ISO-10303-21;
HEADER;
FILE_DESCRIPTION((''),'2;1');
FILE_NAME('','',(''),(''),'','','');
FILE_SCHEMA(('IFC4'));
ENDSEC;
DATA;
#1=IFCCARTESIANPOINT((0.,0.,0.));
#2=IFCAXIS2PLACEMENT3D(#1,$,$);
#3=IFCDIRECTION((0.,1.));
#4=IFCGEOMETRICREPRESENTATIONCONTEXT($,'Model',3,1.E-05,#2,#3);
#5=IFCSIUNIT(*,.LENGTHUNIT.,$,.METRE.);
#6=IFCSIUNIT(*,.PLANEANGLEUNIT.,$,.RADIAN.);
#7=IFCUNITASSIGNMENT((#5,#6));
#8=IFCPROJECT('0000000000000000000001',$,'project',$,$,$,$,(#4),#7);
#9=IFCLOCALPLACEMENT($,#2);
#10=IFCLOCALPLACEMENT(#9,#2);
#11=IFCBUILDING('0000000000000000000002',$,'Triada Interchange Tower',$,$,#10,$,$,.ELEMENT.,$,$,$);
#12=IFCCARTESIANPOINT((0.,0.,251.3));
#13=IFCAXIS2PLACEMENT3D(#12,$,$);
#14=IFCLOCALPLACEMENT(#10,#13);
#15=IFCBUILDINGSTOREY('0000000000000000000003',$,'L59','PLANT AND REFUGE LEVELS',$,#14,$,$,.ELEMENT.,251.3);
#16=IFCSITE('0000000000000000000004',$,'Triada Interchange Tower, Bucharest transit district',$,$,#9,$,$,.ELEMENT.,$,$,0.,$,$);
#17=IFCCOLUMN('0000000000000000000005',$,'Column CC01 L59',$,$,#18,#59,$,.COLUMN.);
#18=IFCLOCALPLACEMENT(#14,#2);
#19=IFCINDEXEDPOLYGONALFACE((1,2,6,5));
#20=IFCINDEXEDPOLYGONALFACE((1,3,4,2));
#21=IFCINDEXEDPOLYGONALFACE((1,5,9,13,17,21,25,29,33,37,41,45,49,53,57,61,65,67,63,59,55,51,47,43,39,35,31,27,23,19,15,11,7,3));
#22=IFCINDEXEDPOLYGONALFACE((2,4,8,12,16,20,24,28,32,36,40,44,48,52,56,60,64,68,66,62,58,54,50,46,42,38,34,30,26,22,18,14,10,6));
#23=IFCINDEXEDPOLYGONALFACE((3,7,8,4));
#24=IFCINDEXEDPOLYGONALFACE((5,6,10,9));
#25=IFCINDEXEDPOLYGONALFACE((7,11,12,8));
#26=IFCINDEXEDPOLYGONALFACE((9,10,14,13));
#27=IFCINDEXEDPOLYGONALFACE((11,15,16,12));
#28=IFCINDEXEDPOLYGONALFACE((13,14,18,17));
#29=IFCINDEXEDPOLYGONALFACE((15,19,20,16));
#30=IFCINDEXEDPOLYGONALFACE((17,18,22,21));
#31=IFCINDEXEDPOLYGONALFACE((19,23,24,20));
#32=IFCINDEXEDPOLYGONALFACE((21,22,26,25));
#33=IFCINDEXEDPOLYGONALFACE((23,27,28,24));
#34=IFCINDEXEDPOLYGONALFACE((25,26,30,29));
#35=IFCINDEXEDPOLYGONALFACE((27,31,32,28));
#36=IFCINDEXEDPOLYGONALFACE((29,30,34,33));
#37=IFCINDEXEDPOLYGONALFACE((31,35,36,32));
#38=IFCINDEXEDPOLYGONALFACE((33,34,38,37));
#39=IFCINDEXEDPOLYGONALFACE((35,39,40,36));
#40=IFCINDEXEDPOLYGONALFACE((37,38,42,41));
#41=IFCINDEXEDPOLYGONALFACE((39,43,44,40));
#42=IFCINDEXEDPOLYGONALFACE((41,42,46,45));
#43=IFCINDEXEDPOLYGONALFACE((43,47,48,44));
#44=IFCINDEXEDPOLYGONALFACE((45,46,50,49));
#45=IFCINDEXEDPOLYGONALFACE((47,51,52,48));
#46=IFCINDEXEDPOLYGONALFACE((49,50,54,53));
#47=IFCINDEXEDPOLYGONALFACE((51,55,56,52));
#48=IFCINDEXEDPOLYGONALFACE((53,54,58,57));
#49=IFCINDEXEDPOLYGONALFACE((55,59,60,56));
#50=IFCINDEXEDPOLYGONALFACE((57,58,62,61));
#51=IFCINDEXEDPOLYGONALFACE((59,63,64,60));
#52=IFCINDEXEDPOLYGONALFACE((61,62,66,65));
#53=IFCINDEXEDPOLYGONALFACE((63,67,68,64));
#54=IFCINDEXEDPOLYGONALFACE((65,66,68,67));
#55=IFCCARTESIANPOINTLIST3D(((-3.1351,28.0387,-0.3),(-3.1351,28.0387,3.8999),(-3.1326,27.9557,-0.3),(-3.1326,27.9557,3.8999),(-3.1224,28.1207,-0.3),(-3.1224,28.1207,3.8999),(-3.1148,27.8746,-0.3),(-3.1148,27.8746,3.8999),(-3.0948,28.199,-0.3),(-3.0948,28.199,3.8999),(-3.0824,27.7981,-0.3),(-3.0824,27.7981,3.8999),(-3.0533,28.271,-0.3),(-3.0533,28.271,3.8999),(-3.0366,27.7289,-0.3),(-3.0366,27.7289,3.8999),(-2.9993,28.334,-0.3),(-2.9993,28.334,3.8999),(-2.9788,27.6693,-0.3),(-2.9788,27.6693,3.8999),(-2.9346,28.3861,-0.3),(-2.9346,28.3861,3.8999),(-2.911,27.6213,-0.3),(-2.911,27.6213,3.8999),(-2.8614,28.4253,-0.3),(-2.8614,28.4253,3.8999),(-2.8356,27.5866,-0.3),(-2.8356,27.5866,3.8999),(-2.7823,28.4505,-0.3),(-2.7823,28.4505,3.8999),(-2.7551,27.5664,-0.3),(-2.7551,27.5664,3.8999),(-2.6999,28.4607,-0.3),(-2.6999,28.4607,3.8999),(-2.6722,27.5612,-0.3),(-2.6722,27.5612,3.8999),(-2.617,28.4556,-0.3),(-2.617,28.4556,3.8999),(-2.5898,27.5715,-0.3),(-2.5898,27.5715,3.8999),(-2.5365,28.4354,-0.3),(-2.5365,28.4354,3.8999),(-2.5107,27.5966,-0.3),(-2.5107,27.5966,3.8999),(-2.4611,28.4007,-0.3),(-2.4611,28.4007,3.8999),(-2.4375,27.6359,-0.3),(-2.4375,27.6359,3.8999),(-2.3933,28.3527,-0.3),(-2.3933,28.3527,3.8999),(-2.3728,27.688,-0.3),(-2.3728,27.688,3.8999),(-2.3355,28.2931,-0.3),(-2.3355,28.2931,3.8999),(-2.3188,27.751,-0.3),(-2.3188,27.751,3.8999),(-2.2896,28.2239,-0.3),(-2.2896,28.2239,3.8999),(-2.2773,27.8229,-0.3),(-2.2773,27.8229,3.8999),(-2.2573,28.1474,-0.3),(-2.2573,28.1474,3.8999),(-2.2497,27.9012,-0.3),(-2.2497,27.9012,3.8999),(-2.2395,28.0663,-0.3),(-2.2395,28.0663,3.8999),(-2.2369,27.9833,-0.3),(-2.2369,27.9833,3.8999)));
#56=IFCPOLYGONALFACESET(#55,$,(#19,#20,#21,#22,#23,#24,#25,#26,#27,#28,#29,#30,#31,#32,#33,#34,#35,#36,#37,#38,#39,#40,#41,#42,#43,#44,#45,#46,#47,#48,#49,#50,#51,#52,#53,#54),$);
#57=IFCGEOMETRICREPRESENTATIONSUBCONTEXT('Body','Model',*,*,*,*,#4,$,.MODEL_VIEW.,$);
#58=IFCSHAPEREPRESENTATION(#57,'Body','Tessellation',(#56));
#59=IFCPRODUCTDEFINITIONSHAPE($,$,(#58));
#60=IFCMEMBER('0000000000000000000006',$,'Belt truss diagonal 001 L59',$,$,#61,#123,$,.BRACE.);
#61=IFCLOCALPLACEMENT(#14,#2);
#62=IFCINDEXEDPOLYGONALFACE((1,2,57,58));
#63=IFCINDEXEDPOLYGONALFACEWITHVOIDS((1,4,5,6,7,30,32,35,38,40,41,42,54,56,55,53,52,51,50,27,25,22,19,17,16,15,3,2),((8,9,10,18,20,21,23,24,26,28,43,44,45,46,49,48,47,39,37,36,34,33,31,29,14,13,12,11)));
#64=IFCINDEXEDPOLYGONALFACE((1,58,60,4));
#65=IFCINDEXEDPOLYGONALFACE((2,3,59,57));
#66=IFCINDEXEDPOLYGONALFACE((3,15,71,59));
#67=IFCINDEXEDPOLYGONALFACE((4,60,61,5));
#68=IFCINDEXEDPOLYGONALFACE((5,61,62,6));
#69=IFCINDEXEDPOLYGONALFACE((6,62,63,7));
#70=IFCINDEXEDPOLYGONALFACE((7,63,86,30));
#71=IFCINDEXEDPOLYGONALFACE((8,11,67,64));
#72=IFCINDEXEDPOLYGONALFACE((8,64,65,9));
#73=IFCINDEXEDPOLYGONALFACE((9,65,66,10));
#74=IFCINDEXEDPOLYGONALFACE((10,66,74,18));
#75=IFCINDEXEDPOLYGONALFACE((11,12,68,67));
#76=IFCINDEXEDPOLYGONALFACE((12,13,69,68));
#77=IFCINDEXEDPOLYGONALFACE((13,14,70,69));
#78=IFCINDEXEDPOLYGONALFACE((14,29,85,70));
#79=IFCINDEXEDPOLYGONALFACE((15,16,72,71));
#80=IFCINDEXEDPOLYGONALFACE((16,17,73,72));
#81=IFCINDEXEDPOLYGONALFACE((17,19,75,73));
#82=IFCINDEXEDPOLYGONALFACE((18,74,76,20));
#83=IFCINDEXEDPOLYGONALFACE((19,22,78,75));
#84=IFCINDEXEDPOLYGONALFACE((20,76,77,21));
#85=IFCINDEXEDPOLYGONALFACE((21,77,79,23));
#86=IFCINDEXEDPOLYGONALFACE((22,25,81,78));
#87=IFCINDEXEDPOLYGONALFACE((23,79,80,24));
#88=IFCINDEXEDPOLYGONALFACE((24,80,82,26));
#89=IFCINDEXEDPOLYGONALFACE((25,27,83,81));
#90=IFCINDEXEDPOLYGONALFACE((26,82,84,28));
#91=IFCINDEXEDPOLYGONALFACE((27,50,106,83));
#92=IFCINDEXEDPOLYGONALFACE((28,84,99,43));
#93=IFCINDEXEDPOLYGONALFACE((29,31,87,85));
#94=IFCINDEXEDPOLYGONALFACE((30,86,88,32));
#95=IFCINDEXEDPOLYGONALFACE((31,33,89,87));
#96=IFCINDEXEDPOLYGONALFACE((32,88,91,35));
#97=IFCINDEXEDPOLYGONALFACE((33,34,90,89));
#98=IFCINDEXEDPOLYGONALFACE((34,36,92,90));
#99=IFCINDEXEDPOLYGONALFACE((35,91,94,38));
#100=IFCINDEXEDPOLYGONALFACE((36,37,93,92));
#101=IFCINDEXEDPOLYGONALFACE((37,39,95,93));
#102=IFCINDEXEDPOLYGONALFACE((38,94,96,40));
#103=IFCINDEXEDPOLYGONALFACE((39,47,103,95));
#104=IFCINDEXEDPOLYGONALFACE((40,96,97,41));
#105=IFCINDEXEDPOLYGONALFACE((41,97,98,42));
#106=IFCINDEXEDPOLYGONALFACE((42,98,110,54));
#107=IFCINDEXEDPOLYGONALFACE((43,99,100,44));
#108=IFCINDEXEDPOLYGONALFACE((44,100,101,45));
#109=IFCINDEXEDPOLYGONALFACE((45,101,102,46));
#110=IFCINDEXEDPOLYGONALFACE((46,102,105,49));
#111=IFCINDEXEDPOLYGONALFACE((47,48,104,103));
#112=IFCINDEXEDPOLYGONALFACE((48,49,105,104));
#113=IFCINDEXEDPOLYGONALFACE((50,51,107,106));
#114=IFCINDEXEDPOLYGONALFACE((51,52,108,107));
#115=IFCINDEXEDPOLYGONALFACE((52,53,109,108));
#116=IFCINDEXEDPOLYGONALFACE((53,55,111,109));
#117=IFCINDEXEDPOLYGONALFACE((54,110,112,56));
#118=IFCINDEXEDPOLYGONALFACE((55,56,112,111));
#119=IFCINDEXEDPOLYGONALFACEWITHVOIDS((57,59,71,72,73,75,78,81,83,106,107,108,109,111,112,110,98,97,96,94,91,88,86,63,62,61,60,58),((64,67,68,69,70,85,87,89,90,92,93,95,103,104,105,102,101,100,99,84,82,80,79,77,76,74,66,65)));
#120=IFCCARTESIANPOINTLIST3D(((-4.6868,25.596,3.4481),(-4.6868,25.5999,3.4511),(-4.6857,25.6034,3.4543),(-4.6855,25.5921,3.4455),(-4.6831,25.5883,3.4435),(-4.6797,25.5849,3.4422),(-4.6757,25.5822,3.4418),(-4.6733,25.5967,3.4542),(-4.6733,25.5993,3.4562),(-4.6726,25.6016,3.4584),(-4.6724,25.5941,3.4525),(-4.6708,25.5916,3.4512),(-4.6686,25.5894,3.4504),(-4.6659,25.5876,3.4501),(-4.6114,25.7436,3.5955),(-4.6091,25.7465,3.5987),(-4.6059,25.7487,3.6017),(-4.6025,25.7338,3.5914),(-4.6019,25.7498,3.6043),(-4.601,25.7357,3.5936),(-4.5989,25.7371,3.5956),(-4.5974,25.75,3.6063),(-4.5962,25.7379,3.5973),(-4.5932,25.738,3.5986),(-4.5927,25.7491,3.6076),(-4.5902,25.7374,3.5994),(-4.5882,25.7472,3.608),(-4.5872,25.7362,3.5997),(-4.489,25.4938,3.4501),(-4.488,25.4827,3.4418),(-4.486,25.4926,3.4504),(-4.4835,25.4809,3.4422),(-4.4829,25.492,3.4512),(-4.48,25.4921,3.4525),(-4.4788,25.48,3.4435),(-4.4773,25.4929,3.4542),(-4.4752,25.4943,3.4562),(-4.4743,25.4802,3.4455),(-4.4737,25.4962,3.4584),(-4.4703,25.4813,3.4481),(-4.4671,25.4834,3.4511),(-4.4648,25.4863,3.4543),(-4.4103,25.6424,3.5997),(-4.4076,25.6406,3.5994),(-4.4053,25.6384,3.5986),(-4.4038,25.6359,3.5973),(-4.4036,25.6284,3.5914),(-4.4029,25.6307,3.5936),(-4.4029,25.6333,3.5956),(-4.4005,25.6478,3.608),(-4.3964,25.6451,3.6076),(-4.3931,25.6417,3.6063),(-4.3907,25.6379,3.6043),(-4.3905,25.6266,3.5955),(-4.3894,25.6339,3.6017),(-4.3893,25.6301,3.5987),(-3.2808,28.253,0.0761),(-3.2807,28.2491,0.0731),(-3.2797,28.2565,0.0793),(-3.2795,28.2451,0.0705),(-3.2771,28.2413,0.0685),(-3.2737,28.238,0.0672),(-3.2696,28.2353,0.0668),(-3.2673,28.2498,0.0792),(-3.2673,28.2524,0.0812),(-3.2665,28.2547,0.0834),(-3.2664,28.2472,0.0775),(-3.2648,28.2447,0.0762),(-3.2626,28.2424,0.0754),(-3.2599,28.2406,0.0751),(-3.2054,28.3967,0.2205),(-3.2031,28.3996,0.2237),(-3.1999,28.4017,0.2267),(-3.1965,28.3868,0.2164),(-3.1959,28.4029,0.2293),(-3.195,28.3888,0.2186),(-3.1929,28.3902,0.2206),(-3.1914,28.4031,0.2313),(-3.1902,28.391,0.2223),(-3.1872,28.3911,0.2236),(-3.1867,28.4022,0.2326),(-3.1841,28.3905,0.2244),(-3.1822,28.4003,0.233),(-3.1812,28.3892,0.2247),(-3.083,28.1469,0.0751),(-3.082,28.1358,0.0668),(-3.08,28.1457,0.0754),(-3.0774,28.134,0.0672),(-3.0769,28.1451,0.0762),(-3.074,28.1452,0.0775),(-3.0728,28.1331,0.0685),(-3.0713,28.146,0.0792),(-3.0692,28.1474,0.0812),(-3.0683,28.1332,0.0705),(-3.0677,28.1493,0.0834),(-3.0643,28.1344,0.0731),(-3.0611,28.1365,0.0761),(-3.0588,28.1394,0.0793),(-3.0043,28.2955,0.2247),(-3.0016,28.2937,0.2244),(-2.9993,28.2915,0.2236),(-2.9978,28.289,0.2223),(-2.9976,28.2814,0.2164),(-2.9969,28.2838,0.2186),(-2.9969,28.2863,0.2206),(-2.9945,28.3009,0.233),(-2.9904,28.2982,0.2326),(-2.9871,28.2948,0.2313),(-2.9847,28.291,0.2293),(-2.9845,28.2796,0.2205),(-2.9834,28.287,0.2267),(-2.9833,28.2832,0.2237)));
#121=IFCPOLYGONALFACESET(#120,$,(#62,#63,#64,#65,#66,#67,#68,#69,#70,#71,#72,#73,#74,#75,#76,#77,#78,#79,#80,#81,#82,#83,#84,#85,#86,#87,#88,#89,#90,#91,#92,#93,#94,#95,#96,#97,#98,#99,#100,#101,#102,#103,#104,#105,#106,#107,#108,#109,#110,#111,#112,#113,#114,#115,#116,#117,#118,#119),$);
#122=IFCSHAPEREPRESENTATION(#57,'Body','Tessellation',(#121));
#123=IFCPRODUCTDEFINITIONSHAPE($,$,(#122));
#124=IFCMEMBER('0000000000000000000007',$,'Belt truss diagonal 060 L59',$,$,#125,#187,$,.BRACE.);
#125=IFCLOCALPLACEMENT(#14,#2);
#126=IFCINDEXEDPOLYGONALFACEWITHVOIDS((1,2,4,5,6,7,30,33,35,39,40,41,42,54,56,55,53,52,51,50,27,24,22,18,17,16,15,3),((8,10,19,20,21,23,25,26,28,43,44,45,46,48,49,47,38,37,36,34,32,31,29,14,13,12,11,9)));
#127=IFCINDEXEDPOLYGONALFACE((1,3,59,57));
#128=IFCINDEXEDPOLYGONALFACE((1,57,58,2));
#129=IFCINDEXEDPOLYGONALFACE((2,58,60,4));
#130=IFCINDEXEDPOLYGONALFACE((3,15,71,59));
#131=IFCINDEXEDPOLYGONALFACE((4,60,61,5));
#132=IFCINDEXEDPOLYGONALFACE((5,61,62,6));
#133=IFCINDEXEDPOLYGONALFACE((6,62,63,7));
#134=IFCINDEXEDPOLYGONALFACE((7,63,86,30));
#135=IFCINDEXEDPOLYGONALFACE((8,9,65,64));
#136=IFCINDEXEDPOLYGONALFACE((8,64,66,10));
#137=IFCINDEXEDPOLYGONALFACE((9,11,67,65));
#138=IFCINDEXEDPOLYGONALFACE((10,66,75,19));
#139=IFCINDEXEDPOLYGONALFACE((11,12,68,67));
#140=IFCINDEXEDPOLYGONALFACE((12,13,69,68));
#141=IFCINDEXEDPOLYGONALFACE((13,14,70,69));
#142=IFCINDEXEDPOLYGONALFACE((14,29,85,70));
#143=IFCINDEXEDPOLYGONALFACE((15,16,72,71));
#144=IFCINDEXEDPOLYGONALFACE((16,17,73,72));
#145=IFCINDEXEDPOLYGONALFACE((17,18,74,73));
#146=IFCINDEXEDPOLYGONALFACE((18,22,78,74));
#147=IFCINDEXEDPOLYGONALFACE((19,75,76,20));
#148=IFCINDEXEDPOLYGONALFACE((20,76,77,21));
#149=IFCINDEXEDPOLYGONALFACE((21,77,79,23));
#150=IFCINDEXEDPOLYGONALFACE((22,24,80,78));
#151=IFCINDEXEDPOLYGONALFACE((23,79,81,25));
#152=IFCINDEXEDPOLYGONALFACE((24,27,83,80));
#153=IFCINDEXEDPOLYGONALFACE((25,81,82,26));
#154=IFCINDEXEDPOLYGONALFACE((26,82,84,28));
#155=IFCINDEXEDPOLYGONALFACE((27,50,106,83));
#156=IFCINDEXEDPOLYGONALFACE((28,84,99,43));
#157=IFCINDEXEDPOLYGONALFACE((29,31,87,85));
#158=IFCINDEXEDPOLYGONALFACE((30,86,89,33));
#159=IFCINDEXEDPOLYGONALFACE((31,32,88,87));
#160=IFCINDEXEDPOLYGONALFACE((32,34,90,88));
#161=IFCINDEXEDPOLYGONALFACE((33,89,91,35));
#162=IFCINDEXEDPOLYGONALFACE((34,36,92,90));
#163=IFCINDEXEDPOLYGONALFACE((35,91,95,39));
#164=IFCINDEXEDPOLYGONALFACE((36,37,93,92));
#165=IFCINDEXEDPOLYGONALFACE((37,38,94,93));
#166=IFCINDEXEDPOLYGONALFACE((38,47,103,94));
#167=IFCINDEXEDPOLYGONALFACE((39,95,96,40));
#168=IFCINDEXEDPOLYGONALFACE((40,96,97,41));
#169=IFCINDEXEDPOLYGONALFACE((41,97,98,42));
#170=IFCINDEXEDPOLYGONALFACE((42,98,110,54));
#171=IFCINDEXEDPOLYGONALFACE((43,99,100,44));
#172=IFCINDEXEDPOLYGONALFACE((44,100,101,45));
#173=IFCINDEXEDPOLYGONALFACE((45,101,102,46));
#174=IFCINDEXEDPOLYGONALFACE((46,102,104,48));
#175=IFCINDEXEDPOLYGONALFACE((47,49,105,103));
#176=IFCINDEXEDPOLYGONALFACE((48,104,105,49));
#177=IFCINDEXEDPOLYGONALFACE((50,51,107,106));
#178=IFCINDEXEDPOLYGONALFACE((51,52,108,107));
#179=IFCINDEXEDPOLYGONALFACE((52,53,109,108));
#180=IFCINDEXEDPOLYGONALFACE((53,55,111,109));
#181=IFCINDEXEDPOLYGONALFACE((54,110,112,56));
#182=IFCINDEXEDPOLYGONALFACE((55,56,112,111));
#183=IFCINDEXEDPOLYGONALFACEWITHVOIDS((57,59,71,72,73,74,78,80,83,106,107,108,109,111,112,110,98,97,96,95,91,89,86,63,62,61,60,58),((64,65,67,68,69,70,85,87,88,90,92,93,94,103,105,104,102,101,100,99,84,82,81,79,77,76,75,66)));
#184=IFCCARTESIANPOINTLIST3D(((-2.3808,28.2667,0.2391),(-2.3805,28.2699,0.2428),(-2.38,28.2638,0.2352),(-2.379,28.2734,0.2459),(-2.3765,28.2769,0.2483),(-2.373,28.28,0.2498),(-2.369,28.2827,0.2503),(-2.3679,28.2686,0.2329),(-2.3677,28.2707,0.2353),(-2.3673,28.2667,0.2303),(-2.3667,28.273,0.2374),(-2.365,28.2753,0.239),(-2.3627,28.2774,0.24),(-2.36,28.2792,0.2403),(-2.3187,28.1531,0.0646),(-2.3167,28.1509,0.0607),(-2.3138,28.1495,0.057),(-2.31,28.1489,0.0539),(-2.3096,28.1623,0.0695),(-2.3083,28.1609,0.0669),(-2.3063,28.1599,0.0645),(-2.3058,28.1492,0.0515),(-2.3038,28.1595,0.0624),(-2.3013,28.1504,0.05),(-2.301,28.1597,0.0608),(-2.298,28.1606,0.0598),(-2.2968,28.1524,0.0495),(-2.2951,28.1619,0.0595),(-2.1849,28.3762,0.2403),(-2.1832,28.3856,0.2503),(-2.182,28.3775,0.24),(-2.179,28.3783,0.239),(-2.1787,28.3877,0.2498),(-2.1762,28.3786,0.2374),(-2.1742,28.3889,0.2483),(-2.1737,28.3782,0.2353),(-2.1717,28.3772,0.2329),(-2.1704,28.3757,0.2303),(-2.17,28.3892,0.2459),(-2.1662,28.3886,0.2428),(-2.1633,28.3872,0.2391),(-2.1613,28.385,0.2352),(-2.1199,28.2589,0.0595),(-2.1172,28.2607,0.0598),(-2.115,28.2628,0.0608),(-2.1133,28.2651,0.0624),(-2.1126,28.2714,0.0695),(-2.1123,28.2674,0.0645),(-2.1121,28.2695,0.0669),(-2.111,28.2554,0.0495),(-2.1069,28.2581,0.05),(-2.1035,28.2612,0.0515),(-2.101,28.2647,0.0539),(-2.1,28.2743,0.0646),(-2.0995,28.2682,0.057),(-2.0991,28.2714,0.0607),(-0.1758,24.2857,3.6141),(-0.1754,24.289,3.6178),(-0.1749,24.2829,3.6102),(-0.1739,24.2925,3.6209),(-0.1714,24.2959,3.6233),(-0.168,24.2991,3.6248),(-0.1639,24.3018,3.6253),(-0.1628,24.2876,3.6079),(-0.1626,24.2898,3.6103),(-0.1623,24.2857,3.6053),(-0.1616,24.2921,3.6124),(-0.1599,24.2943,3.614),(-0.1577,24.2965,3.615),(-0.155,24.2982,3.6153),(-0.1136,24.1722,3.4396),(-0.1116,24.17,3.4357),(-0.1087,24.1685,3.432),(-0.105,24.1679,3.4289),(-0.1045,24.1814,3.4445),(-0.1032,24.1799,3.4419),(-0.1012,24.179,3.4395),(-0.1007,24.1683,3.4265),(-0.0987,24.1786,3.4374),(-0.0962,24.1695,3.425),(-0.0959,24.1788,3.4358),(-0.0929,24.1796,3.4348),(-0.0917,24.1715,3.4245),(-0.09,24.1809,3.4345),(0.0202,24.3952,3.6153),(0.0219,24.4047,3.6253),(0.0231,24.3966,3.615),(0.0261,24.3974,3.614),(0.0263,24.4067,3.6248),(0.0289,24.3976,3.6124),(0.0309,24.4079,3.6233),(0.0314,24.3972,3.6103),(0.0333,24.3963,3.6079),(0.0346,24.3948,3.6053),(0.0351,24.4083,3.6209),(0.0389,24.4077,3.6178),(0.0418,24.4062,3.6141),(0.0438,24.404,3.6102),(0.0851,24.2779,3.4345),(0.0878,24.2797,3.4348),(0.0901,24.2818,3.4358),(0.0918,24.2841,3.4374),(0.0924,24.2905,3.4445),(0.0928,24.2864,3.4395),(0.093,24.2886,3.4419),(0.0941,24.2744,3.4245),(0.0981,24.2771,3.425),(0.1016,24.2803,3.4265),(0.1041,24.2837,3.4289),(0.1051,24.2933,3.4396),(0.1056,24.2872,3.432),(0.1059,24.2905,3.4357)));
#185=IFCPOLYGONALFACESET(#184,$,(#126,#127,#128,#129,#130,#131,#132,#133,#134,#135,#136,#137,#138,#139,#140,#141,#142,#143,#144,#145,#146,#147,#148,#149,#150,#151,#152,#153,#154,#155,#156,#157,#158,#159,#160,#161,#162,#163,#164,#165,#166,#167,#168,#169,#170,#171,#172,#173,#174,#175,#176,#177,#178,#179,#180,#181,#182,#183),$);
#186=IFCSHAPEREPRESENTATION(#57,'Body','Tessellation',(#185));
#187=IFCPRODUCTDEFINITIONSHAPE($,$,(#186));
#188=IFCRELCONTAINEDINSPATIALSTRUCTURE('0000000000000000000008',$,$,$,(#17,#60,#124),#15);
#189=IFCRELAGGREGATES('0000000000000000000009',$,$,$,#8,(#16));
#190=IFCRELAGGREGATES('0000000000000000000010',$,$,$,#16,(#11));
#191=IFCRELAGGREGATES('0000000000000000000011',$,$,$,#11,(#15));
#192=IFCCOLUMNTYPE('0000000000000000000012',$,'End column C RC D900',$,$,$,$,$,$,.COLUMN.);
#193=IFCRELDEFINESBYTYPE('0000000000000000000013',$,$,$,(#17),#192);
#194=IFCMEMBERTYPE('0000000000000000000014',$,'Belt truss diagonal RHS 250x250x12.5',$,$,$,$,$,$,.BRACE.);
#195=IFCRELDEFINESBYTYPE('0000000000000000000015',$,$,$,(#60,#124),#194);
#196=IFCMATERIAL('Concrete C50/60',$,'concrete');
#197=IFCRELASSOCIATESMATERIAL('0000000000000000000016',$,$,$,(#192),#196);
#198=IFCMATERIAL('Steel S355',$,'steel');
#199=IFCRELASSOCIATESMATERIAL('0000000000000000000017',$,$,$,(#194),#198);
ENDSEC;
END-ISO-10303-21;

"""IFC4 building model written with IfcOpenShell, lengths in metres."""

from ifc_helpers import new_model, si_unit, direction, frame, origin, origin_2d, place, context, subcontext, project, spatial, hollow_rectangle, circle, extrude, material, material_profile, profile_set, type_object, element, save


model = new_model("IFC4")

# Units and contexts
model_context = context("Model", 3, precision=1e-05, world=origin(), true_north=direction((0.0, 1.0)))
body_context = subcontext(model_context, "Body", "Model", "MODEL_VIEW")
ifc_project = project(units=[si_unit("LENGTHUNIT", "METRE"), si_unit("PLANEANGLEUNIT", "RADIAN")], contexts=[model_context])

# Site, building, storey
site_placement = place(None, origin())
site = spatial("IfcSite", under=ifc_project, at=site_placement, Name="Triada Interchange Tower, Bucharest transit district", CompositionType="ELEMENT", RefElevation=0.0)
building_placement = place(site_placement, origin())
building = spatial("IfcBuilding", under=site, at=building_placement, Name="Triada Interchange Tower", CompositionType="ELEMENT")
storey_placement = place(building_placement, frame((0.0, 0.0, 251.3)))
storey = spatial("IfcBuildingStorey", under=building, at=storey_placement, Name="L59", Description="PLANT AND REFUGE LEVELS", CompositionType="ELEMENT", Elevation=251.3)

# Column
ifc_material_1 = material(Name="Concrete C50/60", Category="concrete")
ifc_material_profile_1 = material_profile(ifc_material_1, circle(Radius=0.45, at=origin_2d()), Name="RC D900")
ifc_profile_set_1 = profile_set([ifc_material_profile_1], Name="Concrete C50/60")
column_type = type_object("IfcColumnType", Name="End column C RC D900", PredefinedType="COLUMN", material=ifc_profile_set_1)
column_placement = place(storey_placement, frame((-2.686, 28.011, -0.3), z_axis=(0.0, 0.0, 1.0), x_axis=(0.5, 0.866025, 0.0)))
element("IfcColumn", 1, at=column_placement, inside=storey, type_object=column_type, Name="Column CC01 L59", PredefinedType="COLUMN", context=body_context, shape_type="SweptSolid", body=[
    extrude(circle(Radius=0.45, at=origin_2d()), origin(), (0.0, 0.0, 1.0), 4.2),
])

# Members
ifc_material_2 = material(Name="Steel S355", Category="steel")
ifc_material_profile_2 = material_profile(ifc_material_2, hollow_rectangle(XDim=0.25, YDim=0.25, WallThickness=0.0125, InnerFilletRadius=0.0125, OuterFilletRadius=0.0188, at=origin_2d()), Name="RHS 250x250x12.5")
ifc_profile_set_2 = profile_set([ifc_material_profile_2], Name="Steel S355")
member_type = type_object("IfcMemberType", Name="Belt truss diagonal RHS 250x250x12.5", PredefinedType="BRACE", material=ifc_profile_set_2)
member_1_placement = place(storey_placement, frame((-3.1321, 28.2681, 0.1499), z_axis=(-0.311247, -0.58731, 0.747122), x_axis=(0.88359, -0.468261, 0.0)))
element("IfcMember", 2, at=member_1_placement, inside=storey, type_object=member_type, Name="Belt truss diagonal 001 L59", PredefinedType="BRACE", context=body_context, shape_type="SweptSolid", body=[
    extrude(hollow_rectangle(XDim=0.25, YDim=0.25, WallThickness=0.0125, InnerFilletRadius=0.0125, OuterFilletRadius=0.0188, at=origin_2d()), origin(), (0.0, 0.0, 1.0), 4.5173),
])
member_2_placement = place(storey_placement, frame((-2.24, 28.269, 0.1499), z_axis=(0.389193, -0.702632, 0.595682), x_axis=(0.874769, 0.48454, 0.0)))
element("IfcMember", 3, at=member_2_placement, inside=storey, type_object=member_type, Name="Belt truss diagonal 060 L59", PredefinedType="BRACE", context=body_context, shape_type="SweptSolid", body=[
    extrude(hollow_rectangle(XDim=0.25, YDim=0.25, WallThickness=0.0125, InnerFilletRadius=0.0125, OuterFilletRadius=0.0188, at=origin_2d()), origin(), (0.0, 0.0, 1.0), 5.6658),
])

save(model, "model.ifc")
